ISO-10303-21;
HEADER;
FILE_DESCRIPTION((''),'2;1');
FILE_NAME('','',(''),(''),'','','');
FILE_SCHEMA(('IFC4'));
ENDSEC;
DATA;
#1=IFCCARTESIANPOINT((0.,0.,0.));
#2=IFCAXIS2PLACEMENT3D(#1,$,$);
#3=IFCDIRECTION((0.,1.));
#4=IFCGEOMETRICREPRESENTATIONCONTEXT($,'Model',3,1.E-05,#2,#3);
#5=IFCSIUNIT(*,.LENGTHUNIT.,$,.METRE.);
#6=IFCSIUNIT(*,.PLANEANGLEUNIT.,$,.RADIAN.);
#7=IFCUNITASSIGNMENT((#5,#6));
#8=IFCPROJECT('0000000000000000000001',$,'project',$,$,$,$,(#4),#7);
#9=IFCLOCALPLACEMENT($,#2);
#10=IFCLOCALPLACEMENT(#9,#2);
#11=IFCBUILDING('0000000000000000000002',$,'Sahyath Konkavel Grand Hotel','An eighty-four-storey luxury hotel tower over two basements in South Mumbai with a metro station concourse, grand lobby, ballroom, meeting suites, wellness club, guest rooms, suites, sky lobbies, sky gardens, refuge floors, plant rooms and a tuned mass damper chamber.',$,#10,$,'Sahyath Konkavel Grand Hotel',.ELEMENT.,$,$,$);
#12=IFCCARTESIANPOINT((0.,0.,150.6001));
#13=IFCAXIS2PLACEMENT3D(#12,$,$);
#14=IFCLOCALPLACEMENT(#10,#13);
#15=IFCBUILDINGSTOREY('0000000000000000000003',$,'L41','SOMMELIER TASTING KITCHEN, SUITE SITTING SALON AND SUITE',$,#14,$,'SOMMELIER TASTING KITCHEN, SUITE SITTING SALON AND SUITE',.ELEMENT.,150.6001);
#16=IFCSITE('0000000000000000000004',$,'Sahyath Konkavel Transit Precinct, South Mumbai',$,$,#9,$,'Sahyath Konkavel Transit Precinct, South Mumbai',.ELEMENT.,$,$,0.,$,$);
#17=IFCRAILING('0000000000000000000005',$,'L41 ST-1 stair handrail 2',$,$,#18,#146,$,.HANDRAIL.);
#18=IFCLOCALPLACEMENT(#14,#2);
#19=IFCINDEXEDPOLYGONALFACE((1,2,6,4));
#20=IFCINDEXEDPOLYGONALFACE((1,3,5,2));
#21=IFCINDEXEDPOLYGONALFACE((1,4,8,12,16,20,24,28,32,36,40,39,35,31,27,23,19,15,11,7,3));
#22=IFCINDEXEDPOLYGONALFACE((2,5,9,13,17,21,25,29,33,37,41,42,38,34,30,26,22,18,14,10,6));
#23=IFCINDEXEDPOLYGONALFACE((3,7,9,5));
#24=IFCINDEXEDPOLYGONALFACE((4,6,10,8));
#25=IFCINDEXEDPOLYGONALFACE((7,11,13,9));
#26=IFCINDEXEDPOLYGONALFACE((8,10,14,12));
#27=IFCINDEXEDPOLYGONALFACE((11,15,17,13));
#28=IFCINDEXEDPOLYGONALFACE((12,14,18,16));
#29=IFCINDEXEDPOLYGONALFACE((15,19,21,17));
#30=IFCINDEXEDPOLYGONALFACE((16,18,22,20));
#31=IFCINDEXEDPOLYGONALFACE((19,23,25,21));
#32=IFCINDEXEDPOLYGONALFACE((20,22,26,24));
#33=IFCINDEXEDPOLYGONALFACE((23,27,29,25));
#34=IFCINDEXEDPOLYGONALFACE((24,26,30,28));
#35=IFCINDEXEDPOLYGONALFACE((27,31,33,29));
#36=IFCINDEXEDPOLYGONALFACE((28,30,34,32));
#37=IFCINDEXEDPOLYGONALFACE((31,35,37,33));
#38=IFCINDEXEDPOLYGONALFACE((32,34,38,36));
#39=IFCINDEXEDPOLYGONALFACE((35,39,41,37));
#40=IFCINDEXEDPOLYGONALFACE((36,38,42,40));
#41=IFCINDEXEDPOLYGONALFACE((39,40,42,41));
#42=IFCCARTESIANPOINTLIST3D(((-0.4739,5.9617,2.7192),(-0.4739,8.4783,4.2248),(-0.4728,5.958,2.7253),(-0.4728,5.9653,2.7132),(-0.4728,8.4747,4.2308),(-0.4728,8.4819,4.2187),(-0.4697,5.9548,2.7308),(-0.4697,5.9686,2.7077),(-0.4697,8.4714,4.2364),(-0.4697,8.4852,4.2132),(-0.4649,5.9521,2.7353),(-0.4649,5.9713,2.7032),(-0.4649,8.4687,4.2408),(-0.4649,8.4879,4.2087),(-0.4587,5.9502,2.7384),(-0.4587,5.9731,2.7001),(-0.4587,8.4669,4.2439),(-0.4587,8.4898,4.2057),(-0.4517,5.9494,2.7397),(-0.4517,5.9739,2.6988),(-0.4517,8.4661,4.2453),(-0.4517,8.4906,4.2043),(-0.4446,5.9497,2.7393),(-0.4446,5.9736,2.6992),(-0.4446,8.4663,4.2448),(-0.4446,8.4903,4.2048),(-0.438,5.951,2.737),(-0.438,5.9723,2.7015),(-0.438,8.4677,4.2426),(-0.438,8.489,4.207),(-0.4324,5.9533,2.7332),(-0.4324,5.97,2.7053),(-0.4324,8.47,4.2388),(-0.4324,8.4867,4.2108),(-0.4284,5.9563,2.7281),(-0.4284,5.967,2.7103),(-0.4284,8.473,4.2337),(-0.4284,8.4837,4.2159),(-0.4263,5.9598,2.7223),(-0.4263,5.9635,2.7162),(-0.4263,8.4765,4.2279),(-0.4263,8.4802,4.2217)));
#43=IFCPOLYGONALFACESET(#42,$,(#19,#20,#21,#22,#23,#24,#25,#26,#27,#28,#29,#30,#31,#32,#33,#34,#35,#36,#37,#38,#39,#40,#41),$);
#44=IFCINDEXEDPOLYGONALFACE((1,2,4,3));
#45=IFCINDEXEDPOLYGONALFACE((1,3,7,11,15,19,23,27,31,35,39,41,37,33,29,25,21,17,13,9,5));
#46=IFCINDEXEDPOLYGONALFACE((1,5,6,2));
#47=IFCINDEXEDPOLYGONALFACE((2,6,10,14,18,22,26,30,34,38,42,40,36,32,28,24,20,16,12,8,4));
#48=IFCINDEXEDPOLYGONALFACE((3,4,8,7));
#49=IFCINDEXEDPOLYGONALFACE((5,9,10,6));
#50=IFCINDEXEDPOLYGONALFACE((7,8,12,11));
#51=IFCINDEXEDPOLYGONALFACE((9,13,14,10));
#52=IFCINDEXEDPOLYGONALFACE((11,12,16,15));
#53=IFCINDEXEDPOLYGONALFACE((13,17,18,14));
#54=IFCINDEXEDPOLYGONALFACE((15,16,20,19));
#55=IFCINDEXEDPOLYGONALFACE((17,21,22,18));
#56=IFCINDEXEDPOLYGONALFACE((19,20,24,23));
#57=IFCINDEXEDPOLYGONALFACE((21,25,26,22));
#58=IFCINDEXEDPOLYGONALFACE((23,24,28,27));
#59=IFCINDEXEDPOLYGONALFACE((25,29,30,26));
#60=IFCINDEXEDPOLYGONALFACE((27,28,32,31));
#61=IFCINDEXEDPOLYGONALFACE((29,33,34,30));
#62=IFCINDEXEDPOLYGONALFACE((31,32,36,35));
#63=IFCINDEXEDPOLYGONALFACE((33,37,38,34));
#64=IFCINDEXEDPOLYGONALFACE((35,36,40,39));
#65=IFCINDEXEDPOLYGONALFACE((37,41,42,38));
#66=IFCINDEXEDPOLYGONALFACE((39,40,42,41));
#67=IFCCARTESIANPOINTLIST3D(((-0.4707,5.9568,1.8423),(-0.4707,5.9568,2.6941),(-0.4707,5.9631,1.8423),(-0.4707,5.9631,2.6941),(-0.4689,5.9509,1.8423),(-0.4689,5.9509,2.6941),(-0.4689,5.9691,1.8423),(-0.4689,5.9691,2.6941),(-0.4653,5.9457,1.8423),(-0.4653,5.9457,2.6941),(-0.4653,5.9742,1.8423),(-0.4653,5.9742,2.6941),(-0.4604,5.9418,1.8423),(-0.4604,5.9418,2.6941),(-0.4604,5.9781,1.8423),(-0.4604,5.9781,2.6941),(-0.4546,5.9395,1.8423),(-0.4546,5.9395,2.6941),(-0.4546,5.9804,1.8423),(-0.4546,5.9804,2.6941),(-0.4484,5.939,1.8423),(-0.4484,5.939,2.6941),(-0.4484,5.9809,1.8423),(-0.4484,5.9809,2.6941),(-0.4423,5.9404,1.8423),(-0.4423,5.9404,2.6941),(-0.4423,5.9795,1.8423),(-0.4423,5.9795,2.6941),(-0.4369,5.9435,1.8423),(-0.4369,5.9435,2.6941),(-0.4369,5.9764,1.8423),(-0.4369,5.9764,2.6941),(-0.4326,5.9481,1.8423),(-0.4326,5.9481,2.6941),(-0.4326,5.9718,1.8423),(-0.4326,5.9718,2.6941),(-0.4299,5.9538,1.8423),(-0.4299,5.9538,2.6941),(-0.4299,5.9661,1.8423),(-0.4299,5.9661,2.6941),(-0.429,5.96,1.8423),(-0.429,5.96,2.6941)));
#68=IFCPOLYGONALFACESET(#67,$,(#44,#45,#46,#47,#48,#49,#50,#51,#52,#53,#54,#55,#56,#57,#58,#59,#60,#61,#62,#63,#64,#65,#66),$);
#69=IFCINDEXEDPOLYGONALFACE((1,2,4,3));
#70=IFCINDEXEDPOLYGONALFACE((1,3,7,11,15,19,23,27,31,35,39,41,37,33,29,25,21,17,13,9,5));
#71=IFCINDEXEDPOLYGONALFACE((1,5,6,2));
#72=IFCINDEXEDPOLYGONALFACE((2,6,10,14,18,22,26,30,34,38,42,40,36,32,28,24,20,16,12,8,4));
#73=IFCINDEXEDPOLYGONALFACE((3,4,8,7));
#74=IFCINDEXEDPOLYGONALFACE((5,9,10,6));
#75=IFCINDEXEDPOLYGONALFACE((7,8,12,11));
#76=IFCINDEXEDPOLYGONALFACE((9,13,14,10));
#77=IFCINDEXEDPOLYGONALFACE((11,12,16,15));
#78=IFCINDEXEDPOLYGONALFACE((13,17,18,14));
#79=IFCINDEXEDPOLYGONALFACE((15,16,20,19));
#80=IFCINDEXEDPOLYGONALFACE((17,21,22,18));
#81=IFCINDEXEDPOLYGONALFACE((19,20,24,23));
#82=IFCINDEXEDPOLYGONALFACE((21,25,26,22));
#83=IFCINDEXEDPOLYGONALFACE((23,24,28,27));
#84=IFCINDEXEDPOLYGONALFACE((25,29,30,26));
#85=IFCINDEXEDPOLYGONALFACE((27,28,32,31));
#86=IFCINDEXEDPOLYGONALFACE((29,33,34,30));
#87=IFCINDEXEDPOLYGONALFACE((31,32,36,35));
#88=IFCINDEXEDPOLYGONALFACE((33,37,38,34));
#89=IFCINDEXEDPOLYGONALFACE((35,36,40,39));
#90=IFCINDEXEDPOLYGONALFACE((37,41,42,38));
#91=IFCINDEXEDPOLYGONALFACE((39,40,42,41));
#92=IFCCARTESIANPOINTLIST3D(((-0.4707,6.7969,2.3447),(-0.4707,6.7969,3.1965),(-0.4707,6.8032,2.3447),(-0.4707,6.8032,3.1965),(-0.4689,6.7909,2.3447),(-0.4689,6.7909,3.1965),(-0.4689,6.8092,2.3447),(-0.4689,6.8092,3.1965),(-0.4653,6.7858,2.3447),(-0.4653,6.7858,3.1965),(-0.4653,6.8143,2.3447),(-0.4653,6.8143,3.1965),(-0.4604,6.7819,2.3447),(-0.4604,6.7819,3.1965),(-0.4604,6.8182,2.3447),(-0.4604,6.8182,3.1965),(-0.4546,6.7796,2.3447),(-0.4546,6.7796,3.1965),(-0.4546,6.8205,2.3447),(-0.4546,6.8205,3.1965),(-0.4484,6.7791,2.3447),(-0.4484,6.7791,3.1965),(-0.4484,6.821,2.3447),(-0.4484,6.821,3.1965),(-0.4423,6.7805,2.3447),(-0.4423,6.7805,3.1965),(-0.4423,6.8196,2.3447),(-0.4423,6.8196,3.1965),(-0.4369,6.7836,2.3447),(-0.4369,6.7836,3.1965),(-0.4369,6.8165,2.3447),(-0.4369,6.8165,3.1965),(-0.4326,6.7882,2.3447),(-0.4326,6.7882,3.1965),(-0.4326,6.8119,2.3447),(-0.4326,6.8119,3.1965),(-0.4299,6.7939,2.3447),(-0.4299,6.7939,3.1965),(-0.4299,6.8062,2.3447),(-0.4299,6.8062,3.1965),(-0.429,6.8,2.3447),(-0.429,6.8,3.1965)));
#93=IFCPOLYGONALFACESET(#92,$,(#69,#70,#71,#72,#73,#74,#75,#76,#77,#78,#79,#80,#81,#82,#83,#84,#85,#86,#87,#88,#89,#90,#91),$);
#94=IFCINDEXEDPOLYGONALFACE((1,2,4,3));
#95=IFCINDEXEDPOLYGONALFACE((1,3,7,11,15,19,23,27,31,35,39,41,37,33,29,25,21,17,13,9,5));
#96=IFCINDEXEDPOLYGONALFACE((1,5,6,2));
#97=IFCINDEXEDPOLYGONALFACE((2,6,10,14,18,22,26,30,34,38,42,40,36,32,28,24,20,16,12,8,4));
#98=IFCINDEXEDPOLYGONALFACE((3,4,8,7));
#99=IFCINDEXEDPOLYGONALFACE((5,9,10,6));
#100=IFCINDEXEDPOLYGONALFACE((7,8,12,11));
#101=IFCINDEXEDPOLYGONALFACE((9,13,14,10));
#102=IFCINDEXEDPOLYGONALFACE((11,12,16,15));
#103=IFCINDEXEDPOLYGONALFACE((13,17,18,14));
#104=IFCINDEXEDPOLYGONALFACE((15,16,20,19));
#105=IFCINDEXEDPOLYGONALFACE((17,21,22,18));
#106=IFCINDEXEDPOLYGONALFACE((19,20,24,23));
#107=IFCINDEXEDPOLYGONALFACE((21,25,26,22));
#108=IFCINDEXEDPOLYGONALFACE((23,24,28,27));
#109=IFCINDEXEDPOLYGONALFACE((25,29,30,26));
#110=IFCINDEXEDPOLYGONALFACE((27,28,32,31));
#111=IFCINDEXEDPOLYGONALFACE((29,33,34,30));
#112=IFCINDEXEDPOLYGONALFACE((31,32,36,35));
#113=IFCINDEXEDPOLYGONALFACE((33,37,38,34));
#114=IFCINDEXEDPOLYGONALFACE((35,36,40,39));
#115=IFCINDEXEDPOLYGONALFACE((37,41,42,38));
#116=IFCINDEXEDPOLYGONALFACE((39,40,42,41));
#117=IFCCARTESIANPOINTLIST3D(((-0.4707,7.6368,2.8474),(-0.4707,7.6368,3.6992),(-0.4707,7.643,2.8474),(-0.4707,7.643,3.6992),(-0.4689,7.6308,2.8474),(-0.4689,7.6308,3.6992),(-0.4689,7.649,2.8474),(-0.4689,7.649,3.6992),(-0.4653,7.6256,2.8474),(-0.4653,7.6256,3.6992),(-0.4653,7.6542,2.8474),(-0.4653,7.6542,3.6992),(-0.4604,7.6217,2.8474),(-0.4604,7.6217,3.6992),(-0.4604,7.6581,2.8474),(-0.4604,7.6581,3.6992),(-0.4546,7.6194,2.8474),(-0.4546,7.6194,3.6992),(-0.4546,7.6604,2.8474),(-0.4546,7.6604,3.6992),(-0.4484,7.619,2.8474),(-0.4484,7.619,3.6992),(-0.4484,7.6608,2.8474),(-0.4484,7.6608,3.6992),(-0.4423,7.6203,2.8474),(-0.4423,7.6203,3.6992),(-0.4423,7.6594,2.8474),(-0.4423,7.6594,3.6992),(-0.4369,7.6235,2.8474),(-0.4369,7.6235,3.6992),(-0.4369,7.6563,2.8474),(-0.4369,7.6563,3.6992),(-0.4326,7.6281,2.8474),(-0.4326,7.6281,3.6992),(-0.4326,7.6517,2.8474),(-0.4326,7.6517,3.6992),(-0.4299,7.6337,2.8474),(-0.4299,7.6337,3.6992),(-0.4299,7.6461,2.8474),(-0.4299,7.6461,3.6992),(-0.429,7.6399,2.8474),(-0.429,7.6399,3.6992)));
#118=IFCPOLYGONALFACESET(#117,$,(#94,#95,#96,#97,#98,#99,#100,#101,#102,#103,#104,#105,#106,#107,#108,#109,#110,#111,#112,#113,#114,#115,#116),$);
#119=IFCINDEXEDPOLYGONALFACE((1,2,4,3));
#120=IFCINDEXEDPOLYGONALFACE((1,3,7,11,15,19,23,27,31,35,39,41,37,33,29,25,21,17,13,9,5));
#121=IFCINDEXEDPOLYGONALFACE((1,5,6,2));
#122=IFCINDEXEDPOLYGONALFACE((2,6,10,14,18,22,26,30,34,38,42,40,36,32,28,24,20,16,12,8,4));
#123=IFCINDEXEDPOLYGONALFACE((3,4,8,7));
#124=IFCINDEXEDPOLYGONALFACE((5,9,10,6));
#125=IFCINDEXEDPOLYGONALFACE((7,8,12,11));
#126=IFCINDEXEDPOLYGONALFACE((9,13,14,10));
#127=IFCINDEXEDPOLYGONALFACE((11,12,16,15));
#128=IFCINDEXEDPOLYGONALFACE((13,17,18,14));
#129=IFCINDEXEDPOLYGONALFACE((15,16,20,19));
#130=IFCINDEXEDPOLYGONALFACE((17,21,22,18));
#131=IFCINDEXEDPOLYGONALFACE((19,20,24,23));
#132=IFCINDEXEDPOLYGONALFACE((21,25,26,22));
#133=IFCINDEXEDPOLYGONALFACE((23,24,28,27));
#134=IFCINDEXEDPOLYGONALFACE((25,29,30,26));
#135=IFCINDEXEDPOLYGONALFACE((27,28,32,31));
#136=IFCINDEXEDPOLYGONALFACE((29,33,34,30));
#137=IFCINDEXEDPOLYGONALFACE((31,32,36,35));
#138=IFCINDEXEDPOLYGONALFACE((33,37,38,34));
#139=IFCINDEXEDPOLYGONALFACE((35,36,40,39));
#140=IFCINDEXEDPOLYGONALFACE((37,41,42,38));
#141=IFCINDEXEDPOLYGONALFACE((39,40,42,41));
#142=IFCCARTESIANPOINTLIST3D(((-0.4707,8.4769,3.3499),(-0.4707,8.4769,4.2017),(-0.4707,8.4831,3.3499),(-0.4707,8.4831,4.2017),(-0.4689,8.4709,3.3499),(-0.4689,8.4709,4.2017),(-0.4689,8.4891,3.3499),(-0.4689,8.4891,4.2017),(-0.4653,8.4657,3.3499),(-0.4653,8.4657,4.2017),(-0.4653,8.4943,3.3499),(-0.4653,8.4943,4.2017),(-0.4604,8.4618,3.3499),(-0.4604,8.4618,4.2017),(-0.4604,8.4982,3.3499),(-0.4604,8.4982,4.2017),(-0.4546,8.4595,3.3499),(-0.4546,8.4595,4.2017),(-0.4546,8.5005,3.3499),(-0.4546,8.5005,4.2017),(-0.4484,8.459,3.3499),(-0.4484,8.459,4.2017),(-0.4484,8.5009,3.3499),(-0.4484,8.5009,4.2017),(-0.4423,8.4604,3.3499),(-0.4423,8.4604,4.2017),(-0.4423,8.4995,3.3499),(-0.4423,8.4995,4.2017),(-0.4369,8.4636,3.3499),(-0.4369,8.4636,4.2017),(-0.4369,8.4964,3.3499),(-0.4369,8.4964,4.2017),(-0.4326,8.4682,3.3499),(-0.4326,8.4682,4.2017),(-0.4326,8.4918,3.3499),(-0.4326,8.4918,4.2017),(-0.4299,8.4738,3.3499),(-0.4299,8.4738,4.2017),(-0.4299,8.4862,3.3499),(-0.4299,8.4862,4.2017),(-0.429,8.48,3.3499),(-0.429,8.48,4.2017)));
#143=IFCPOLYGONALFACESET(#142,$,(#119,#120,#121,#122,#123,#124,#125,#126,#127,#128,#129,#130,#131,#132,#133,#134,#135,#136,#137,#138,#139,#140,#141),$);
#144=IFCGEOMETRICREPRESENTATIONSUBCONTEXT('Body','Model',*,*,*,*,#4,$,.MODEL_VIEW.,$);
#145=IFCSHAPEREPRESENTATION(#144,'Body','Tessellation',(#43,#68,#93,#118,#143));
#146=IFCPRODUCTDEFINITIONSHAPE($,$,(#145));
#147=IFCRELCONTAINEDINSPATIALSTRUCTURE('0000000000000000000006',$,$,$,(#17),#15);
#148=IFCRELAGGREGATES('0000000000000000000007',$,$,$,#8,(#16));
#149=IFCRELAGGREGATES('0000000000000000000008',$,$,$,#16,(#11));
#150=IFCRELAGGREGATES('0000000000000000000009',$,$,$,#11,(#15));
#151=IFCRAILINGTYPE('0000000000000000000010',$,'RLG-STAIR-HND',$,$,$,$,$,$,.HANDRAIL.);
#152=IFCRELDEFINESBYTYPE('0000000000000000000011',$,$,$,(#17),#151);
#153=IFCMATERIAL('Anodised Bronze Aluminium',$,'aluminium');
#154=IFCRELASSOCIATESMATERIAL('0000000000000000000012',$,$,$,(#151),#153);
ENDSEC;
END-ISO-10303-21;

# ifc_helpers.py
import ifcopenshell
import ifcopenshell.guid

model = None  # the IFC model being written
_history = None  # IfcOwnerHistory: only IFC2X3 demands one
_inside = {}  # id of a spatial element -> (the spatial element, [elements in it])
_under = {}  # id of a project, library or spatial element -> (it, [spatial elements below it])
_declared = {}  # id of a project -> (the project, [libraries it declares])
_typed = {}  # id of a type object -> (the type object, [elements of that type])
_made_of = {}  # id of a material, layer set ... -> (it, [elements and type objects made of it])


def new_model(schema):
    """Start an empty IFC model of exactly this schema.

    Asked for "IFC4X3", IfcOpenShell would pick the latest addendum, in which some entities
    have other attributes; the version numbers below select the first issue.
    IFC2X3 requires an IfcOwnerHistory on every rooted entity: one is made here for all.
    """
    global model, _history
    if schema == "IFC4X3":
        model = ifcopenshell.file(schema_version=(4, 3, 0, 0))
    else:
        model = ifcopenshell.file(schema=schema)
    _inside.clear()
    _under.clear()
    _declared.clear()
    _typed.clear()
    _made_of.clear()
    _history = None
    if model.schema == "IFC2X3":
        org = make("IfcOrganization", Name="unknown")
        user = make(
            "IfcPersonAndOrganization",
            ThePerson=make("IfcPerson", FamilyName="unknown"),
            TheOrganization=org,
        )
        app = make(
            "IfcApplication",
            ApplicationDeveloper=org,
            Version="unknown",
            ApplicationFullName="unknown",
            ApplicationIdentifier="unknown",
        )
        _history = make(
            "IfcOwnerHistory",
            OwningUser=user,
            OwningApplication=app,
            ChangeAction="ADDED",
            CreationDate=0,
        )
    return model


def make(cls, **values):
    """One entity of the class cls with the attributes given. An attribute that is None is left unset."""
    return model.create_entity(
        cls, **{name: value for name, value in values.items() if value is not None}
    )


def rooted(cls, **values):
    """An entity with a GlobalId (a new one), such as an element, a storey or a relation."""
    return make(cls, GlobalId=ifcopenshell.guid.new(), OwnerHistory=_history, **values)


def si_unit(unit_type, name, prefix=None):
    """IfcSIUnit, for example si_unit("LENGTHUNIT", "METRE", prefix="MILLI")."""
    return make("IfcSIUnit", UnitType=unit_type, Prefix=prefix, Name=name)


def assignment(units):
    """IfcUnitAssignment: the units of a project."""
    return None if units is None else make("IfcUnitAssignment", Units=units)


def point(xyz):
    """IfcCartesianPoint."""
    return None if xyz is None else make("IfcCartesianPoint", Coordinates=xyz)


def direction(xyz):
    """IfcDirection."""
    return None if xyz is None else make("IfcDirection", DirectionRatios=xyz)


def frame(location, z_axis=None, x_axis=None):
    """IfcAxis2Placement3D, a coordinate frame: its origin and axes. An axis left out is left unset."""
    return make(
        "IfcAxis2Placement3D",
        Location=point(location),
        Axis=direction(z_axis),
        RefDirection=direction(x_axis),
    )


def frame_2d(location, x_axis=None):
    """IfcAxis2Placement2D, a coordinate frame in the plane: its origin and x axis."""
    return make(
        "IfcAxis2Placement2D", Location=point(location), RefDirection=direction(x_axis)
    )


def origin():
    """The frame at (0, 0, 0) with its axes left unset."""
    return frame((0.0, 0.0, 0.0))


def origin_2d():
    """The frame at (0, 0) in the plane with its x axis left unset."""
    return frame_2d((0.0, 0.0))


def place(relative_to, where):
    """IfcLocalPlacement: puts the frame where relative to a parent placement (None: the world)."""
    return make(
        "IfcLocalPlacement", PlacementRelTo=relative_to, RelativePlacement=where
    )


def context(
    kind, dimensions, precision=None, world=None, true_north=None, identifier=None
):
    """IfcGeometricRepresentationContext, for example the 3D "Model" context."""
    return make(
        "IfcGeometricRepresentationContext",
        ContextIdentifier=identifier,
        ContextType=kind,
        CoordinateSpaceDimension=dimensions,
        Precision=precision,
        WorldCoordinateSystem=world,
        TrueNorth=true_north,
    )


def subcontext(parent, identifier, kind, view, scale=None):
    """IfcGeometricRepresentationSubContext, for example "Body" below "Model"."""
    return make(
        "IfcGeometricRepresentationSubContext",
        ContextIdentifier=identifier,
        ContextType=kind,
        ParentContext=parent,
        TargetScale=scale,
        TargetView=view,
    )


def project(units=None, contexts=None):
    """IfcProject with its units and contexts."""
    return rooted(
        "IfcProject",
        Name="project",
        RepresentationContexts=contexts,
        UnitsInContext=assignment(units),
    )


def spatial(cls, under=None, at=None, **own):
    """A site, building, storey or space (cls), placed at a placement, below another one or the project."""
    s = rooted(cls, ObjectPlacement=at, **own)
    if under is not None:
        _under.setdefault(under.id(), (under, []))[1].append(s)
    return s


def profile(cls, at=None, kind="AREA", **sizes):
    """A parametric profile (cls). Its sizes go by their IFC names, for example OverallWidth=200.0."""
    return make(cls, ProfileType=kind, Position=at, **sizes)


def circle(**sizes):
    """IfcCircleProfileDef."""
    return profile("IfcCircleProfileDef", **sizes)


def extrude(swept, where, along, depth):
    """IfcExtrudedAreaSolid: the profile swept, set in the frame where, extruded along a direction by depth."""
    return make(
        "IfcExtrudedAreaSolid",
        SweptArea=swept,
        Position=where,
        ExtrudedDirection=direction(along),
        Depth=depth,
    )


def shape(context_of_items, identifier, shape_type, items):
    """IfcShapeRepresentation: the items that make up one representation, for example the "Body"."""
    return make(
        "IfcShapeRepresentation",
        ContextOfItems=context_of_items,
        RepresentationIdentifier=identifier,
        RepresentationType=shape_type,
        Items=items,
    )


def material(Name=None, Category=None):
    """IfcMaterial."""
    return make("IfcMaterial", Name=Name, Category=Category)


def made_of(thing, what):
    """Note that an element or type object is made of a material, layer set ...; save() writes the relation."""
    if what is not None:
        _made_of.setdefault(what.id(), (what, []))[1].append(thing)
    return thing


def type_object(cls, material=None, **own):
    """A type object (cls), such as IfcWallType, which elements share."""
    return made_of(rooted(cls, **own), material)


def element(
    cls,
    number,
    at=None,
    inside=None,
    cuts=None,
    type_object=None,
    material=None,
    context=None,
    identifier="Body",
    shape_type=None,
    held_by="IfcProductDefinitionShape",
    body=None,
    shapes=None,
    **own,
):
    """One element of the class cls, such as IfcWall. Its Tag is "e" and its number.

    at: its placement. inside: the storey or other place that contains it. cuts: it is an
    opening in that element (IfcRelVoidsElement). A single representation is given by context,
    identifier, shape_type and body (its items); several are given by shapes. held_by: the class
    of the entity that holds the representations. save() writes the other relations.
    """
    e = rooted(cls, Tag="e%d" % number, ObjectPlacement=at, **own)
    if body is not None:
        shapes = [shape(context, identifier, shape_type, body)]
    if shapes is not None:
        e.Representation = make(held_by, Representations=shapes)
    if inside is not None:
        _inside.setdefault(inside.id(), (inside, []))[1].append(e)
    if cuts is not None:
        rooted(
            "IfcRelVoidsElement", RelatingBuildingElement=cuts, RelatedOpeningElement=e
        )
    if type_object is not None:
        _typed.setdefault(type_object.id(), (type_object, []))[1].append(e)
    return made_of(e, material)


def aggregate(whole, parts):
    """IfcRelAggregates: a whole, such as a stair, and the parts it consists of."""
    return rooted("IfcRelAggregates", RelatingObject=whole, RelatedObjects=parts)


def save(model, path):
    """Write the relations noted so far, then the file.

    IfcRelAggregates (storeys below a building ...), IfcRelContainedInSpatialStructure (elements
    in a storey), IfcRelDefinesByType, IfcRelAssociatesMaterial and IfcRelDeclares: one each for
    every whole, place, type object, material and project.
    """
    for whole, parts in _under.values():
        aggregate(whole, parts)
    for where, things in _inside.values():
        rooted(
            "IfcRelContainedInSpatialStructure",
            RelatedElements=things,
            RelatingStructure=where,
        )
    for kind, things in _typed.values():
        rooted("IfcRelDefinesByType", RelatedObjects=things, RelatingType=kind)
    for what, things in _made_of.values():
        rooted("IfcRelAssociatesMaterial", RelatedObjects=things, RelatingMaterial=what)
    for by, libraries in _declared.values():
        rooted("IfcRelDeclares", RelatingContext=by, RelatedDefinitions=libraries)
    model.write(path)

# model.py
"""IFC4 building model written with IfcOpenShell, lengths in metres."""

from ifc_helpers import new_model, si_unit, direction, frame, origin, origin_2d, place, context, subcontext, project, spatial, circle, extrude, material, type_object, element, save


model = new_model("IFC4")

# Units and contexts
model_context = context("Model", 3, precision=1e-05, world=origin(), true_north=direction((0.0, 1.0)))
body_context = subcontext(model_context, "Body", "Model", "MODEL_VIEW")
ifc_project = project(units=[si_unit("LENGTHUNIT", "METRE"), si_unit("PLANEANGLEUNIT", "RADIAN")], contexts=[model_context])

# Site, building, storey
site_placement = place(None, origin())
site = spatial("IfcSite", under=ifc_project, at=site_placement, Name="Sahyath Konkavel Transit Precinct, South Mumbai", LongName="Sahyath Konkavel Transit Precinct, South Mumbai", CompositionType="ELEMENT", RefElevation=0.0)
building_placement = place(site_placement, origin())
building = spatial("IfcBuilding", under=site, at=building_placement, Name="Sahyath Konkavel Grand Hotel", Description="An eighty-four-storey luxury hotel tower over two basements in South Mumbai with a metro station concourse, grand lobby, ballroom, meeting suites, wellness club, guest rooms, suites, sky lobbies, sky gardens, refuge floors, plant rooms and a tuned mass damper chamber.", LongName="Sahyath Konkavel Grand Hotel", CompositionType="ELEMENT")
storey_placement = place(building_placement, frame((0.0, 0.0, 150.6001)))
storey = spatial("IfcBuildingStorey", under=building, at=storey_placement, Name="L41", Description="SOMMELIER TASTING KITCHEN, SUITE SITTING SALON AND SUITE", LongName="SOMMELIER TASTING KITCHEN, SUITE SITTING SALON AND SUITE", CompositionType="ELEMENT", Elevation=150.6001)

# Railing
ifc_material_1 = material(Name="Anodised Bronze Aluminium", Category="aluminium")
railing_type_1 = type_object("IfcRailingType", Name="RLG-STAIR-HND", PredefinedType="HANDRAIL", material=ifc_material_1)
railing_1_placement = place(storey_placement, frame((-0.45, 5.96, 1.8423)))
element("IfcRailing", 1, at=railing_1_placement, inside=storey, type_object=railing_type_1, Name="L41 ST-1 stair handrail 2", PredefinedType="HANDRAIL", context=body_context, shape_type="SweptSolid", body=[
    extrude(circle(Radius=0.0239, at=origin_2d()), frame((0.0, 0.0017, 0.877), z_axis=(0.0, 0.85816, 0.513383), x_axis=(-1.0, 0.0, 0.0)), (0.0, 0.0, 1.0), 2.9326),
    extrude(circle(Radius=0.021, at=origin_2d()), origin(), (0.0, 0.0, 1.0), 0.8518),
    extrude(circle(Radius=0.021, at=origin_2d()), frame((0.0, 0.8401, 0.5024)), (0.0, 0.0, 1.0), 0.8518),
    extrude(circle(Radius=0.021, at=origin_2d()), frame((0.0, 1.6799, 1.0051)), (0.0, 0.0, 1.0), 0.8518),
    extrude(circle(Radius=0.021, at=origin_2d()), frame((0.0, 2.52, 1.5076)), (0.0, 0.0, 1.0), 0.8518),
])

save(model, "model.ifc")
